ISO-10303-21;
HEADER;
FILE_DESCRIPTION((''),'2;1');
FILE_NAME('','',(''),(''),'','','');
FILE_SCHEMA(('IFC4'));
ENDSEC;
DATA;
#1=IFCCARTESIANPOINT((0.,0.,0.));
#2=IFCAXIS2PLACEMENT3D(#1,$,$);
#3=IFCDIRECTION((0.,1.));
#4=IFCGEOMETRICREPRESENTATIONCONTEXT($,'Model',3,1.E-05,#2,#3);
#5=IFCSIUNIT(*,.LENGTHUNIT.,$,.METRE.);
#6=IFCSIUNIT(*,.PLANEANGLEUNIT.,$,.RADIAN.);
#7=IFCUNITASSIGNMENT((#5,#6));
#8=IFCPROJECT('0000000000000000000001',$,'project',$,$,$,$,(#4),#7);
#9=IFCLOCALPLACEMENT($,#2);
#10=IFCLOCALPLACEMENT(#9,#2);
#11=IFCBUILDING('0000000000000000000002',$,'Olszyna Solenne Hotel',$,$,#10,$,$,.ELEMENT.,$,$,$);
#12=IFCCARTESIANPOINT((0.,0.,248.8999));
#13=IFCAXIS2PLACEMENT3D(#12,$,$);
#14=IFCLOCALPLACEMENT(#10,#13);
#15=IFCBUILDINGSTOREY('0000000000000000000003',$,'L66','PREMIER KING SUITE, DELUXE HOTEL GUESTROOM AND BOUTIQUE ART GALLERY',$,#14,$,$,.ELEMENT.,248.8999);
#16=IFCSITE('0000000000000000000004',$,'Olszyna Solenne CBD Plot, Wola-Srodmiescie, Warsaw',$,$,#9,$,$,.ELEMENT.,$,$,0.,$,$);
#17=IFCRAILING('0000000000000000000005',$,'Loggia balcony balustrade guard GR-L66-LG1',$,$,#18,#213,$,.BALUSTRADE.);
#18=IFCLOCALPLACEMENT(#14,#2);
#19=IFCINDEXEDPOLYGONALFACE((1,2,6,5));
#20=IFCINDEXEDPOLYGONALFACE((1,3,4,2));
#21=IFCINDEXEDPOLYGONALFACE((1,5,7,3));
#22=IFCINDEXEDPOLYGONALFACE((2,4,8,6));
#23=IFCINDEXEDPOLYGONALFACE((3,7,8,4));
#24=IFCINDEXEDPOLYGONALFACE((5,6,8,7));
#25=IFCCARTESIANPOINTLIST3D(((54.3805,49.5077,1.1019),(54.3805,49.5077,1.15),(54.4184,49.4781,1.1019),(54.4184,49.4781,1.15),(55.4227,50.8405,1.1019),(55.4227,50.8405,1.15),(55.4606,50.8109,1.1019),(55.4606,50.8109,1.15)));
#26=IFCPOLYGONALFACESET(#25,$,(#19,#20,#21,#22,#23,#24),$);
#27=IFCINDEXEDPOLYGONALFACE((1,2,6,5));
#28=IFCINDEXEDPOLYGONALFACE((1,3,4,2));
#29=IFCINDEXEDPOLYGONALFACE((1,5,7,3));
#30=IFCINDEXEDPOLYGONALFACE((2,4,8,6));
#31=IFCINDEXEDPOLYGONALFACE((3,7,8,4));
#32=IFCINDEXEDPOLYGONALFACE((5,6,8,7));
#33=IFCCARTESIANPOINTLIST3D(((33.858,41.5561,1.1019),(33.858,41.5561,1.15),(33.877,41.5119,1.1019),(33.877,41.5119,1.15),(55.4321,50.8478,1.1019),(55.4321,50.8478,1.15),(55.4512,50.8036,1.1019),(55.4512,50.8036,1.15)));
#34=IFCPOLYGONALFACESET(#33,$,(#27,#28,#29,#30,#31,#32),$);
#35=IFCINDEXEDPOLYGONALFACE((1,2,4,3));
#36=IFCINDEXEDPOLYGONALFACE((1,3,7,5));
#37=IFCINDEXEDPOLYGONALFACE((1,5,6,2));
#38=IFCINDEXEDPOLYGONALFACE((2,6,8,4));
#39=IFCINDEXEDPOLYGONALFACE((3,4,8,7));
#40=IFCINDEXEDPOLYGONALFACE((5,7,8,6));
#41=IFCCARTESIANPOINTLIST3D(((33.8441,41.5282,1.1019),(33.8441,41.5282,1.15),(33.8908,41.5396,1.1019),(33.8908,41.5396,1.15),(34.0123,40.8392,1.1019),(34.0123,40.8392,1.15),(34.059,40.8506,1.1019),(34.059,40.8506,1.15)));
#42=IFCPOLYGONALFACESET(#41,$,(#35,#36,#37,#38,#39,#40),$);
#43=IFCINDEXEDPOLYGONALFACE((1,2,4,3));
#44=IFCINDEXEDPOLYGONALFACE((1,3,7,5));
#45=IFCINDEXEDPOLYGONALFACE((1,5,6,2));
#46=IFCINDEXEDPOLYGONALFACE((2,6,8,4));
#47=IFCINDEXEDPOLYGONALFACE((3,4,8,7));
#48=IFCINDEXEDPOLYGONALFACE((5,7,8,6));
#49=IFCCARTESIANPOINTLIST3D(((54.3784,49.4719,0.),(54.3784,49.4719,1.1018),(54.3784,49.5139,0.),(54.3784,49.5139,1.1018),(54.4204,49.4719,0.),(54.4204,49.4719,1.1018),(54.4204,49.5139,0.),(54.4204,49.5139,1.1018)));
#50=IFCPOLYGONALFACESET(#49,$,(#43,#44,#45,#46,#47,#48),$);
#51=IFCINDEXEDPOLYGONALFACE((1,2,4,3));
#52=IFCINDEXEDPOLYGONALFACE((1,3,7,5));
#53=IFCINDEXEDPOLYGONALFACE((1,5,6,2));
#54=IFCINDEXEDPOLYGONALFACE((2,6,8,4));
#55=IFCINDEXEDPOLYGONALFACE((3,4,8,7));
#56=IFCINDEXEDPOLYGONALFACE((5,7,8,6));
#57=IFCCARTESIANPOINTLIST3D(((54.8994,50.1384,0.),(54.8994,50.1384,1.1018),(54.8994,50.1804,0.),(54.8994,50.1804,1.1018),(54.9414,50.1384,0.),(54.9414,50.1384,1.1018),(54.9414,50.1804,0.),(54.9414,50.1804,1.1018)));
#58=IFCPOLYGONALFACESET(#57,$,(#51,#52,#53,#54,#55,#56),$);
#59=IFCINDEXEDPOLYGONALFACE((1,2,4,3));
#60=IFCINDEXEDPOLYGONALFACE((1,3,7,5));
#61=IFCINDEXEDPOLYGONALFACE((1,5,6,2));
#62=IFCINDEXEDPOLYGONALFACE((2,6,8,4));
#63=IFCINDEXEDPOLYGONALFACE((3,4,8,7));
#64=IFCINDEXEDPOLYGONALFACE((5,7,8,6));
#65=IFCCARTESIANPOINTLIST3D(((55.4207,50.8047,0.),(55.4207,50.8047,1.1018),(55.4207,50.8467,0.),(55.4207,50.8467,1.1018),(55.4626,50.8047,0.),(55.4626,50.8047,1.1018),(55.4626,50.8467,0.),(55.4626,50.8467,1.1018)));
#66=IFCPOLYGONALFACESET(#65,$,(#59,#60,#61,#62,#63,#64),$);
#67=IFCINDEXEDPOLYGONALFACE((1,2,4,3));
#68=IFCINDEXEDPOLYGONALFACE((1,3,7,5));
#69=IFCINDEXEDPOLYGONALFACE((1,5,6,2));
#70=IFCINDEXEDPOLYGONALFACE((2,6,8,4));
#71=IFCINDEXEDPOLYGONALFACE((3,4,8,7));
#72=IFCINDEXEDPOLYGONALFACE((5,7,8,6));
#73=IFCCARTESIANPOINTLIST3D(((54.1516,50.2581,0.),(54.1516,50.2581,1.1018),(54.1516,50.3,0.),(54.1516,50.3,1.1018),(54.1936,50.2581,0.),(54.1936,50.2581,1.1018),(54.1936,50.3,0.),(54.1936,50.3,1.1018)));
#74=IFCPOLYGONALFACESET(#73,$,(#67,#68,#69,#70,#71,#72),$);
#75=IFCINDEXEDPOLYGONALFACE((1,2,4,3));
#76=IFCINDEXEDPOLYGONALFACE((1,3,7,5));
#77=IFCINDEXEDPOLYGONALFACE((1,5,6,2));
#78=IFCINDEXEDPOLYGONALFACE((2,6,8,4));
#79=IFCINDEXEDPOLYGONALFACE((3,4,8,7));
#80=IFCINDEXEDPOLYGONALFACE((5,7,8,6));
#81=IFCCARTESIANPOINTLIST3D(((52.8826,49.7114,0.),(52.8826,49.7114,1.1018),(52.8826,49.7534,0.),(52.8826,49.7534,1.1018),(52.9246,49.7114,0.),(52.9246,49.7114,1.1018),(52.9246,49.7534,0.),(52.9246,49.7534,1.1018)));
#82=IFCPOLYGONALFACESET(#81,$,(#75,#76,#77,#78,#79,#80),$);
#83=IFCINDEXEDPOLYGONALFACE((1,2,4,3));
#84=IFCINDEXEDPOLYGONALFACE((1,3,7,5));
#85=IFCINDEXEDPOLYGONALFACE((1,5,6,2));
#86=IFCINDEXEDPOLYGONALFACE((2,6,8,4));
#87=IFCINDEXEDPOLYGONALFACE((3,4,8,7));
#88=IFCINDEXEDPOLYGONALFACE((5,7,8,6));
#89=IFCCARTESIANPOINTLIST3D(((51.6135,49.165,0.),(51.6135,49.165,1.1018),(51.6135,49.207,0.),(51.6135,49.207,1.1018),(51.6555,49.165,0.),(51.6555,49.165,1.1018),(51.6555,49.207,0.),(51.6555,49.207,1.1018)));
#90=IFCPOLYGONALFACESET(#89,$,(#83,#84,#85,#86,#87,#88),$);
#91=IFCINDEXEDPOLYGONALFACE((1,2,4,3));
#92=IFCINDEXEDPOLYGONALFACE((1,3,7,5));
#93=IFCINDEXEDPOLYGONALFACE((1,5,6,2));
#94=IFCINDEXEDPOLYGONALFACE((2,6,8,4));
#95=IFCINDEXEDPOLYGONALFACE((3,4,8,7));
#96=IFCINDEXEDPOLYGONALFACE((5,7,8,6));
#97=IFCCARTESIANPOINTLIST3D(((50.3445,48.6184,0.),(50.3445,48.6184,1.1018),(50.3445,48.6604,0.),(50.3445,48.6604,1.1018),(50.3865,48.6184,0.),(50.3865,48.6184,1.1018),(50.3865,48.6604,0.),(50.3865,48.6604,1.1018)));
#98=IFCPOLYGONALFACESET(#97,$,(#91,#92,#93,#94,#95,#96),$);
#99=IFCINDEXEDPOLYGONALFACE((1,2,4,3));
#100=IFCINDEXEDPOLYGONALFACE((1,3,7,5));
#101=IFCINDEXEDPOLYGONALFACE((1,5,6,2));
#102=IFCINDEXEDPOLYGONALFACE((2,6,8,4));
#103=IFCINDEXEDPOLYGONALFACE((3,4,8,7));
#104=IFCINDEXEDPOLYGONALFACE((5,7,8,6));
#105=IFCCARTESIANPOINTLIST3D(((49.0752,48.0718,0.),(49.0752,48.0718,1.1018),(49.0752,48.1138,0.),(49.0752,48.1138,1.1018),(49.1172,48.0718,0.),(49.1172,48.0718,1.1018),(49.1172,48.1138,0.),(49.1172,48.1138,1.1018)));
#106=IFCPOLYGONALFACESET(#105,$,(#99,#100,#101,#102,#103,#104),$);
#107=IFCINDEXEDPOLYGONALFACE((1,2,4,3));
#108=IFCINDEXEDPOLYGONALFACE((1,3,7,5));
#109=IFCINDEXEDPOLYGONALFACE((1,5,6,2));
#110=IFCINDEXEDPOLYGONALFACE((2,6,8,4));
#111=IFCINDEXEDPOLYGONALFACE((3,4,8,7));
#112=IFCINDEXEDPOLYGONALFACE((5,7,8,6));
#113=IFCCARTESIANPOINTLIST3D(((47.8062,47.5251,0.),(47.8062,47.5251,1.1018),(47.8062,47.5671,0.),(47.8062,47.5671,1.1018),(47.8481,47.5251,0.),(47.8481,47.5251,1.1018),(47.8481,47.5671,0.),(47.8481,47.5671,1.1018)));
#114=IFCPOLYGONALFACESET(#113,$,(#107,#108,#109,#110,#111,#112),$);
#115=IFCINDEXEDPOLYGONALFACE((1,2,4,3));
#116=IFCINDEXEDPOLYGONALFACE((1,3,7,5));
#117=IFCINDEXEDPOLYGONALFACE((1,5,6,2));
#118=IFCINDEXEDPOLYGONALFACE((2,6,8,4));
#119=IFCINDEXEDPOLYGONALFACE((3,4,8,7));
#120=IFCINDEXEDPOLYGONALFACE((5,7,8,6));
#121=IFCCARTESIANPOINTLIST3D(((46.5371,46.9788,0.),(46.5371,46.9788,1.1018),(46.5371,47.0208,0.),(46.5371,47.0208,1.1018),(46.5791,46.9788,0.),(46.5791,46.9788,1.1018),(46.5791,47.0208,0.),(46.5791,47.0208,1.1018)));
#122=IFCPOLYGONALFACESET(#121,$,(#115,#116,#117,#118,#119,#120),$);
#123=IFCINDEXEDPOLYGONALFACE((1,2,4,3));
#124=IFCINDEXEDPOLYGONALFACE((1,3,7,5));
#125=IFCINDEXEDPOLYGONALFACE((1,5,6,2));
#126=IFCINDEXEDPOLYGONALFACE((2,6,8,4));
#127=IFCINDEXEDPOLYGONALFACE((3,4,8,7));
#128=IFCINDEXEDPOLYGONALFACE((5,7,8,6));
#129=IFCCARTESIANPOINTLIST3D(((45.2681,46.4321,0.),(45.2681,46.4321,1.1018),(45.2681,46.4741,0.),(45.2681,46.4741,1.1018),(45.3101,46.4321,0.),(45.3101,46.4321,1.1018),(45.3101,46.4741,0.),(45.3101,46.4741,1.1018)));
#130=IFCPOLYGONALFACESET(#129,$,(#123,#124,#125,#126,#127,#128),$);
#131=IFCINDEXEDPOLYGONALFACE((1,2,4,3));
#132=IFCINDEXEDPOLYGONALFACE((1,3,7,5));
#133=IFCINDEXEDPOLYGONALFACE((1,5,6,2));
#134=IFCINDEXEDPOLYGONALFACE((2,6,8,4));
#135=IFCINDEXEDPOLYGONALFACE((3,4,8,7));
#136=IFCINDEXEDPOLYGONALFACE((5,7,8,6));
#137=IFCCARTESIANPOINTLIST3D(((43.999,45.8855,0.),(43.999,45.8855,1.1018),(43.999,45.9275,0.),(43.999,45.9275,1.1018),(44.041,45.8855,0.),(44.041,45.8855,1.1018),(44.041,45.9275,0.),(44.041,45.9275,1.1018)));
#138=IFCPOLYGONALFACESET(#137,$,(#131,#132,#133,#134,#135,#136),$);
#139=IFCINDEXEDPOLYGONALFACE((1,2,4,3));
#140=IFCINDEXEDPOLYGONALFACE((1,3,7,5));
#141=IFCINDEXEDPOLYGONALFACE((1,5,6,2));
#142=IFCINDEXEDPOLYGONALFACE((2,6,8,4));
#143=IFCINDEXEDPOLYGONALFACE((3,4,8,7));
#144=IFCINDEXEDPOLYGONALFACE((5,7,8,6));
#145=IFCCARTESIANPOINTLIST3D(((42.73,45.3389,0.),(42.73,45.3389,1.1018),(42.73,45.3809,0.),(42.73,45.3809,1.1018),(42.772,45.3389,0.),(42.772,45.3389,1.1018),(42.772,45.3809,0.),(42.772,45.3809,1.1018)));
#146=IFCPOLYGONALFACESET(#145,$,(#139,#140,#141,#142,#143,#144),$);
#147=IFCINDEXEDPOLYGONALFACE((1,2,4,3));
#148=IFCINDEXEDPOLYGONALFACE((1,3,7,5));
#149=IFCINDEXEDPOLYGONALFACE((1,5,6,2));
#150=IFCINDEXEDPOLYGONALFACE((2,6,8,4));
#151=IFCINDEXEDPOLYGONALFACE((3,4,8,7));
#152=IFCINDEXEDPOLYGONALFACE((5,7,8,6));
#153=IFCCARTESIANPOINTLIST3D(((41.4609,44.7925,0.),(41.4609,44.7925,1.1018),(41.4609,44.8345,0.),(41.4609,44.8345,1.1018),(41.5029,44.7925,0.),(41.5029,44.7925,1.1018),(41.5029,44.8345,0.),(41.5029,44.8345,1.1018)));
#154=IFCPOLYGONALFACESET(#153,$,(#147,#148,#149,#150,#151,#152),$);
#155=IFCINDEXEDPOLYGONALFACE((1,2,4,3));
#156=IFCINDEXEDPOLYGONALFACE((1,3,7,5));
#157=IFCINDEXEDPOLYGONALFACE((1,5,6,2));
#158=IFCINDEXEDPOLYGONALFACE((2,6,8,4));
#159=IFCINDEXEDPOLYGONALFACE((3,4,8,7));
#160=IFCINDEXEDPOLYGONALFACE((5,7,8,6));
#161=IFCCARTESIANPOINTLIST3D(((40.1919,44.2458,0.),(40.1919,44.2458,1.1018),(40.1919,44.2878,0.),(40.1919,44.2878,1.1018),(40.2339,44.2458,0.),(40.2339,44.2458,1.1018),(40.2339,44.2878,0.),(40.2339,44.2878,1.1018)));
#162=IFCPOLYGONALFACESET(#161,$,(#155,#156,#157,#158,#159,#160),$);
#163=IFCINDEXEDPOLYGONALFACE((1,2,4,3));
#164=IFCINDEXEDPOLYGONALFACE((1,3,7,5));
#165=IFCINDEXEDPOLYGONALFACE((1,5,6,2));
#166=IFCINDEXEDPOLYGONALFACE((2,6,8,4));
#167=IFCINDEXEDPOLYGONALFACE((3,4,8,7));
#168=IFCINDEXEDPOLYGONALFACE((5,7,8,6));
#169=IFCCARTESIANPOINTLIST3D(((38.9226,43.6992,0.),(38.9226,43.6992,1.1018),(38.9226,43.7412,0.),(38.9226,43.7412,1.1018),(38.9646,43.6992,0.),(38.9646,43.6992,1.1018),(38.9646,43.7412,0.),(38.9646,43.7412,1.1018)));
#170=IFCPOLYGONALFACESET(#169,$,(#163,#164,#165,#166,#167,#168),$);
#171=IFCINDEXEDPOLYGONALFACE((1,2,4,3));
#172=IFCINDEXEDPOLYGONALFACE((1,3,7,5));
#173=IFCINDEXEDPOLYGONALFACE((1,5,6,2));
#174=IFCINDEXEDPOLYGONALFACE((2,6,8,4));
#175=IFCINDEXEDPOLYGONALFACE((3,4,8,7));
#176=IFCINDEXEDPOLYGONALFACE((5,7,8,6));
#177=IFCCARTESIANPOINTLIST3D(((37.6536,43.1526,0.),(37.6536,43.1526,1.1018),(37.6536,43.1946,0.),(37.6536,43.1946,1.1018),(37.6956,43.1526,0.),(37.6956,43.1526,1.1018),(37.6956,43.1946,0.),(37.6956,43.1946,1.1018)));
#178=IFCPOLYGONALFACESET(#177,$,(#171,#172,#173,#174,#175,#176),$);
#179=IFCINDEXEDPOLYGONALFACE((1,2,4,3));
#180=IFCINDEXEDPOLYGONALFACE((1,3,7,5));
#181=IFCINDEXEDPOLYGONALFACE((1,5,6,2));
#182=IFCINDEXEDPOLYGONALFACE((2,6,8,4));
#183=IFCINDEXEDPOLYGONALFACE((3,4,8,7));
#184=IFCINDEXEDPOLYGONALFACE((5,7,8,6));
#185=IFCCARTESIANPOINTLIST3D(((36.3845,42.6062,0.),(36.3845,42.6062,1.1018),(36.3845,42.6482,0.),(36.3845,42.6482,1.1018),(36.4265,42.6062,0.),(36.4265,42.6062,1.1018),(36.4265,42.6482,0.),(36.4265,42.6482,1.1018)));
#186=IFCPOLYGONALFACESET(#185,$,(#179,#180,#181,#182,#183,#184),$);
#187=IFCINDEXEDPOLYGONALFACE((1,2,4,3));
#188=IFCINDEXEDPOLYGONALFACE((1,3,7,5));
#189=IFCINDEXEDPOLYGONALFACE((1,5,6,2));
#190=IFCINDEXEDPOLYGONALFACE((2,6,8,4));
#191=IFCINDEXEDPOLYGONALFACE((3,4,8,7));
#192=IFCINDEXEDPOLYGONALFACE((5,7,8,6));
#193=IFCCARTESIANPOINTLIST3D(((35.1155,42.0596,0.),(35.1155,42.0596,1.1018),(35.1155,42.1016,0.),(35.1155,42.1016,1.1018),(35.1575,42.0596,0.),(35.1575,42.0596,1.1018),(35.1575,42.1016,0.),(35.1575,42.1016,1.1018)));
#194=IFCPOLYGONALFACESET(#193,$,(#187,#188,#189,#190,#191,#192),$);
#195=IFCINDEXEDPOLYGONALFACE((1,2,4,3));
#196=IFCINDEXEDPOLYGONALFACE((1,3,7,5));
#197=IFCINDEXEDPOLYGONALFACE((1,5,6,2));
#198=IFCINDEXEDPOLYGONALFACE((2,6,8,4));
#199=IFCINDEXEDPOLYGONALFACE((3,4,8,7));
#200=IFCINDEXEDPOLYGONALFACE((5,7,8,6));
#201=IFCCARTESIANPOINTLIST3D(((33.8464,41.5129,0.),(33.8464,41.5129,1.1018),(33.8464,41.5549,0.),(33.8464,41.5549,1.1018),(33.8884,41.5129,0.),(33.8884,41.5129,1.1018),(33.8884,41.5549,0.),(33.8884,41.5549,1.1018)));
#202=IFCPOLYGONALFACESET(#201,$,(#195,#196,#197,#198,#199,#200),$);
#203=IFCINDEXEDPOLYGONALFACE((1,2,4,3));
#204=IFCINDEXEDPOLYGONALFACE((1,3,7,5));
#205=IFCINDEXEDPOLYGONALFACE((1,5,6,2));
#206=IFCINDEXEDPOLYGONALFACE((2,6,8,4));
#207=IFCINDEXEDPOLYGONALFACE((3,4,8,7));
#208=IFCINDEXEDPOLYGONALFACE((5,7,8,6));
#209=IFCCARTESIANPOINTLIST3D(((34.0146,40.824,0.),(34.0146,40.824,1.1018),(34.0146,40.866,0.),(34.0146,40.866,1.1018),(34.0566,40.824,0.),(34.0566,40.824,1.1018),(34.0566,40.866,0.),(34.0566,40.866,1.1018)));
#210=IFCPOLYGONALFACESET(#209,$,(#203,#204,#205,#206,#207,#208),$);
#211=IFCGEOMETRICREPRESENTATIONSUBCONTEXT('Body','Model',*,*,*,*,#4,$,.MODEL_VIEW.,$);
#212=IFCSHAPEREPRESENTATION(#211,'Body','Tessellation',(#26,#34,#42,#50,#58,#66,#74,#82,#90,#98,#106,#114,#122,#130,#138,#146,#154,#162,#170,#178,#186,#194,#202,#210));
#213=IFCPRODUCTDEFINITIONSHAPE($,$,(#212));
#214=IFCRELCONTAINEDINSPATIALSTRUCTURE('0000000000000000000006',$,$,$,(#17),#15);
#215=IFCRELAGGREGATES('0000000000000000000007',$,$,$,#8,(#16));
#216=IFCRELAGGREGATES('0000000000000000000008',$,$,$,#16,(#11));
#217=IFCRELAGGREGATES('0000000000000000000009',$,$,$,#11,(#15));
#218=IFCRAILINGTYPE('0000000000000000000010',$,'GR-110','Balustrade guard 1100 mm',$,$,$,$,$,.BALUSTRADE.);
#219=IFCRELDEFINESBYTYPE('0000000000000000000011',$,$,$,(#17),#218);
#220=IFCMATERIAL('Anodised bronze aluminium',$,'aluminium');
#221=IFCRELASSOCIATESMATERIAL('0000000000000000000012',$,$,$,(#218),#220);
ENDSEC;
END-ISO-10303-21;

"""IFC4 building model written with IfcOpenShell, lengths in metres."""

from ifc_helpers import new_model, si_unit, direction, frame, origin, origin_2d, place, context, subcontext, project, spatial, rectangle, extrude, material, type_object, element, save


model = new_model("IFC4")

# Units and contexts
model_context = context("Model", 3, precision=1e-05, world=origin(), true_north=direction((0.0, 1.0)))
body_context = subcontext(model_context, "Body", "Model", "MODEL_VIEW")
ifc_project = project(units=[si_unit("LENGTHUNIT", "METRE"), si_unit("PLANEANGLEUNIT", "RADIAN")], contexts=[model_context])

# Site, building, storey
site_placement = place(None, origin())
site = spatial("IfcSite", under=ifc_project, at=site_placement, Name="Olszyna Solenne CBD Plot, Wola-Srodmiescie, Warsaw", CompositionType="ELEMENT", RefElevation=0.0)
building_placement = place(site_placement, origin())
building = spatial("IfcBuilding", under=site, at=building_placement, Name="Olszyna Solenne Hotel", CompositionType="ELEMENT")
storey_placement = place(building_placement, frame((0.0, 0.0, 248.8999)))
storey = spatial("IfcBuildingStorey", under=building, at=storey_placement, Name="L66", Description="PREMIER KING SUITE, DELUXE HOTEL GUESTROOM AND BOUTIQUE ART GALLERY", CompositionType="ELEMENT", Elevation=248.8999)

# Railing
ifc_material_1 = material(Name="Anodised bronze aluminium", Category="aluminium")
railing_type = type_object("IfcRailingType", Name="GR-110", Description="Balustrade guard 1100 mm", PredefinedType="BALUSTRADE", material=ifc_material_1)
railing_placement = place(storey_placement, frame((54.3994, 49.4929, 0.0)))
element("IfcRailing", 1, at=railing_placement, inside=storey, type_object=railing_type, Name="Loggia balcony balustrade guard GR-L66-LG1", PredefinedType="BALUSTRADE", context=body_context, shape_type="SweptSolid", body=[
    extrude(rectangle(XDim=0.0481, YDim=0.0481, at=origin_2d()), frame((0.0, 0.0, 1.126), z_axis=(0.616016, 0.787733, 0.0), x_axis=(-0.787733, 0.616016, 0.0)), (0.0, 0.0, 1.0), 1.6919),
    extrude(rectangle(XDim=0.0481, YDim=0.0481, at=origin_2d()), frame((1.0422, 1.3328, 1.126), z_axis=(-0.91844, -0.395561, 0.0), x_axis=(0.395561, -0.91844, 0.0)), (0.0, 0.0, 1.0), 23.49),
    extrude(rectangle(XDim=0.0481, YDim=0.0481, at=origin_2d()), frame((-20.532, -7.959, 1.126), z_axis=(0.237186, -0.971464, 0.0), x_axis=(0.971464, 0.237186, 0.0)), (0.0, 0.0, 1.0), 0.7092),
    extrude(rectangle(XDim=0.042, YDim=0.042, at=origin_2d()), origin(), (0.0, 0.0, 1.0), 1.1018),
    extrude(rectangle(XDim=0.042, YDim=0.042, at=origin_2d()), frame((0.521, 0.6665, 0.0)), (0.0, 0.0, 1.0), 1.1018),
    extrude(rectangle(XDim=0.042, YDim=0.042, at=origin_2d()), frame((1.0422, 1.3328, 0.0)), (0.0, 0.0, 1.0), 1.1018),
    extrude(rectangle(XDim=0.042, YDim=0.042, at=origin_2d()), frame((-0.2268, 0.7861, 0.0)), (0.0, 0.0, 1.0), 1.1018),
    extrude(rectangle(XDim=0.042, YDim=0.042, at=origin_2d()), frame((-1.4958, 0.2395, 0.0)), (0.0, 0.0, 1.0), 1.1018),
    extrude(rectangle(XDim=0.042, YDim=0.042, at=origin_2d()), frame((-2.7649, -0.3069, 0.0)), (0.0, 0.0, 1.0), 1.1018),
    extrude(rectangle(XDim=0.042, YDim=0.042, at=origin_2d()), frame((-4.0339, -0.8535, 0.0)), (0.0, 0.0, 1.0), 1.1018),
    extrude(rectangle(XDim=0.042, YDim=0.042, at=origin_2d()), frame((-5.3032, -1.4001, 0.0)), (0.0, 0.0, 1.0), 1.1018),
    extrude(rectangle(XDim=0.042, YDim=0.042, at=origin_2d()), frame((-6.5723, -1.9468, 0.0)), (0.0, 0.0, 1.0), 1.1018),
    extrude(rectangle(XDim=0.042, YDim=0.042, at=origin_2d()), frame((-7.8413, -2.4932, 0.0)), (0.0, 0.0, 1.0), 1.1018),
    extrude(rectangle(XDim=0.042, YDim=0.042, at=origin_2d()), frame((-9.1104, -3.0398, 0.0)), (0.0, 0.0, 1.0), 1.1018),
    extrude(rectangle(XDim=0.042, YDim=0.042, at=origin_2d()), frame((-10.3794, -3.5864, 0.0)), (0.0, 0.0, 1.0), 1.1018),
    extrude(rectangle(XDim=0.042, YDim=0.042, at=origin_2d()), frame((-11.6484, -4.1331, 0.0)), (0.0, 0.0, 1.0), 1.1018),
    extrude(rectangle(XDim=0.042, YDim=0.042, at=origin_2d()), frame((-12.9175, -4.6794, 0.0)), (0.0, 0.0, 1.0), 1.1018),
    extrude(rectangle(XDim=0.042, YDim=0.042, at=origin_2d()), frame((-14.1865, -5.2261, 0.0)), (0.0, 0.0, 1.0), 1.1018),
    extrude(rectangle(XDim=0.042, YDim=0.042, at=origin_2d()), frame((-15.4558, -5.7727, 0.0)), (0.0, 0.0, 1.0), 1.1018),
    extrude(rectangle(XDim=0.042, YDim=0.042, at=origin_2d()), frame((-16.7249, -6.3193, 0.0)), (0.0, 0.0, 1.0), 1.1018),
    extrude(rectangle(XDim=0.042, YDim=0.042, at=origin_2d()), frame((-17.9939, -6.8657, 0.0)), (0.0, 0.0, 1.0), 1.1018),
    extrude(rectangle(XDim=0.042, YDim=0.042, at=origin_2d()), frame((-19.2629, -7.4124, 0.0)), (0.0, 0.0, 1.0), 1.1018),
    extrude(rectangle(XDim=0.042, YDim=0.042, at=origin_2d()), frame((-20.532, -7.959, 0.0)), (0.0, 0.0, 1.0), 1.1018),
    extrude(rectangle(XDim=0.042, YDim=0.042, at=origin_2d()), frame((-20.3638, -8.6479, 0.0)), (0.0, 0.0, 1.0), 1.1018),
])

save(model, "model.ifc")
